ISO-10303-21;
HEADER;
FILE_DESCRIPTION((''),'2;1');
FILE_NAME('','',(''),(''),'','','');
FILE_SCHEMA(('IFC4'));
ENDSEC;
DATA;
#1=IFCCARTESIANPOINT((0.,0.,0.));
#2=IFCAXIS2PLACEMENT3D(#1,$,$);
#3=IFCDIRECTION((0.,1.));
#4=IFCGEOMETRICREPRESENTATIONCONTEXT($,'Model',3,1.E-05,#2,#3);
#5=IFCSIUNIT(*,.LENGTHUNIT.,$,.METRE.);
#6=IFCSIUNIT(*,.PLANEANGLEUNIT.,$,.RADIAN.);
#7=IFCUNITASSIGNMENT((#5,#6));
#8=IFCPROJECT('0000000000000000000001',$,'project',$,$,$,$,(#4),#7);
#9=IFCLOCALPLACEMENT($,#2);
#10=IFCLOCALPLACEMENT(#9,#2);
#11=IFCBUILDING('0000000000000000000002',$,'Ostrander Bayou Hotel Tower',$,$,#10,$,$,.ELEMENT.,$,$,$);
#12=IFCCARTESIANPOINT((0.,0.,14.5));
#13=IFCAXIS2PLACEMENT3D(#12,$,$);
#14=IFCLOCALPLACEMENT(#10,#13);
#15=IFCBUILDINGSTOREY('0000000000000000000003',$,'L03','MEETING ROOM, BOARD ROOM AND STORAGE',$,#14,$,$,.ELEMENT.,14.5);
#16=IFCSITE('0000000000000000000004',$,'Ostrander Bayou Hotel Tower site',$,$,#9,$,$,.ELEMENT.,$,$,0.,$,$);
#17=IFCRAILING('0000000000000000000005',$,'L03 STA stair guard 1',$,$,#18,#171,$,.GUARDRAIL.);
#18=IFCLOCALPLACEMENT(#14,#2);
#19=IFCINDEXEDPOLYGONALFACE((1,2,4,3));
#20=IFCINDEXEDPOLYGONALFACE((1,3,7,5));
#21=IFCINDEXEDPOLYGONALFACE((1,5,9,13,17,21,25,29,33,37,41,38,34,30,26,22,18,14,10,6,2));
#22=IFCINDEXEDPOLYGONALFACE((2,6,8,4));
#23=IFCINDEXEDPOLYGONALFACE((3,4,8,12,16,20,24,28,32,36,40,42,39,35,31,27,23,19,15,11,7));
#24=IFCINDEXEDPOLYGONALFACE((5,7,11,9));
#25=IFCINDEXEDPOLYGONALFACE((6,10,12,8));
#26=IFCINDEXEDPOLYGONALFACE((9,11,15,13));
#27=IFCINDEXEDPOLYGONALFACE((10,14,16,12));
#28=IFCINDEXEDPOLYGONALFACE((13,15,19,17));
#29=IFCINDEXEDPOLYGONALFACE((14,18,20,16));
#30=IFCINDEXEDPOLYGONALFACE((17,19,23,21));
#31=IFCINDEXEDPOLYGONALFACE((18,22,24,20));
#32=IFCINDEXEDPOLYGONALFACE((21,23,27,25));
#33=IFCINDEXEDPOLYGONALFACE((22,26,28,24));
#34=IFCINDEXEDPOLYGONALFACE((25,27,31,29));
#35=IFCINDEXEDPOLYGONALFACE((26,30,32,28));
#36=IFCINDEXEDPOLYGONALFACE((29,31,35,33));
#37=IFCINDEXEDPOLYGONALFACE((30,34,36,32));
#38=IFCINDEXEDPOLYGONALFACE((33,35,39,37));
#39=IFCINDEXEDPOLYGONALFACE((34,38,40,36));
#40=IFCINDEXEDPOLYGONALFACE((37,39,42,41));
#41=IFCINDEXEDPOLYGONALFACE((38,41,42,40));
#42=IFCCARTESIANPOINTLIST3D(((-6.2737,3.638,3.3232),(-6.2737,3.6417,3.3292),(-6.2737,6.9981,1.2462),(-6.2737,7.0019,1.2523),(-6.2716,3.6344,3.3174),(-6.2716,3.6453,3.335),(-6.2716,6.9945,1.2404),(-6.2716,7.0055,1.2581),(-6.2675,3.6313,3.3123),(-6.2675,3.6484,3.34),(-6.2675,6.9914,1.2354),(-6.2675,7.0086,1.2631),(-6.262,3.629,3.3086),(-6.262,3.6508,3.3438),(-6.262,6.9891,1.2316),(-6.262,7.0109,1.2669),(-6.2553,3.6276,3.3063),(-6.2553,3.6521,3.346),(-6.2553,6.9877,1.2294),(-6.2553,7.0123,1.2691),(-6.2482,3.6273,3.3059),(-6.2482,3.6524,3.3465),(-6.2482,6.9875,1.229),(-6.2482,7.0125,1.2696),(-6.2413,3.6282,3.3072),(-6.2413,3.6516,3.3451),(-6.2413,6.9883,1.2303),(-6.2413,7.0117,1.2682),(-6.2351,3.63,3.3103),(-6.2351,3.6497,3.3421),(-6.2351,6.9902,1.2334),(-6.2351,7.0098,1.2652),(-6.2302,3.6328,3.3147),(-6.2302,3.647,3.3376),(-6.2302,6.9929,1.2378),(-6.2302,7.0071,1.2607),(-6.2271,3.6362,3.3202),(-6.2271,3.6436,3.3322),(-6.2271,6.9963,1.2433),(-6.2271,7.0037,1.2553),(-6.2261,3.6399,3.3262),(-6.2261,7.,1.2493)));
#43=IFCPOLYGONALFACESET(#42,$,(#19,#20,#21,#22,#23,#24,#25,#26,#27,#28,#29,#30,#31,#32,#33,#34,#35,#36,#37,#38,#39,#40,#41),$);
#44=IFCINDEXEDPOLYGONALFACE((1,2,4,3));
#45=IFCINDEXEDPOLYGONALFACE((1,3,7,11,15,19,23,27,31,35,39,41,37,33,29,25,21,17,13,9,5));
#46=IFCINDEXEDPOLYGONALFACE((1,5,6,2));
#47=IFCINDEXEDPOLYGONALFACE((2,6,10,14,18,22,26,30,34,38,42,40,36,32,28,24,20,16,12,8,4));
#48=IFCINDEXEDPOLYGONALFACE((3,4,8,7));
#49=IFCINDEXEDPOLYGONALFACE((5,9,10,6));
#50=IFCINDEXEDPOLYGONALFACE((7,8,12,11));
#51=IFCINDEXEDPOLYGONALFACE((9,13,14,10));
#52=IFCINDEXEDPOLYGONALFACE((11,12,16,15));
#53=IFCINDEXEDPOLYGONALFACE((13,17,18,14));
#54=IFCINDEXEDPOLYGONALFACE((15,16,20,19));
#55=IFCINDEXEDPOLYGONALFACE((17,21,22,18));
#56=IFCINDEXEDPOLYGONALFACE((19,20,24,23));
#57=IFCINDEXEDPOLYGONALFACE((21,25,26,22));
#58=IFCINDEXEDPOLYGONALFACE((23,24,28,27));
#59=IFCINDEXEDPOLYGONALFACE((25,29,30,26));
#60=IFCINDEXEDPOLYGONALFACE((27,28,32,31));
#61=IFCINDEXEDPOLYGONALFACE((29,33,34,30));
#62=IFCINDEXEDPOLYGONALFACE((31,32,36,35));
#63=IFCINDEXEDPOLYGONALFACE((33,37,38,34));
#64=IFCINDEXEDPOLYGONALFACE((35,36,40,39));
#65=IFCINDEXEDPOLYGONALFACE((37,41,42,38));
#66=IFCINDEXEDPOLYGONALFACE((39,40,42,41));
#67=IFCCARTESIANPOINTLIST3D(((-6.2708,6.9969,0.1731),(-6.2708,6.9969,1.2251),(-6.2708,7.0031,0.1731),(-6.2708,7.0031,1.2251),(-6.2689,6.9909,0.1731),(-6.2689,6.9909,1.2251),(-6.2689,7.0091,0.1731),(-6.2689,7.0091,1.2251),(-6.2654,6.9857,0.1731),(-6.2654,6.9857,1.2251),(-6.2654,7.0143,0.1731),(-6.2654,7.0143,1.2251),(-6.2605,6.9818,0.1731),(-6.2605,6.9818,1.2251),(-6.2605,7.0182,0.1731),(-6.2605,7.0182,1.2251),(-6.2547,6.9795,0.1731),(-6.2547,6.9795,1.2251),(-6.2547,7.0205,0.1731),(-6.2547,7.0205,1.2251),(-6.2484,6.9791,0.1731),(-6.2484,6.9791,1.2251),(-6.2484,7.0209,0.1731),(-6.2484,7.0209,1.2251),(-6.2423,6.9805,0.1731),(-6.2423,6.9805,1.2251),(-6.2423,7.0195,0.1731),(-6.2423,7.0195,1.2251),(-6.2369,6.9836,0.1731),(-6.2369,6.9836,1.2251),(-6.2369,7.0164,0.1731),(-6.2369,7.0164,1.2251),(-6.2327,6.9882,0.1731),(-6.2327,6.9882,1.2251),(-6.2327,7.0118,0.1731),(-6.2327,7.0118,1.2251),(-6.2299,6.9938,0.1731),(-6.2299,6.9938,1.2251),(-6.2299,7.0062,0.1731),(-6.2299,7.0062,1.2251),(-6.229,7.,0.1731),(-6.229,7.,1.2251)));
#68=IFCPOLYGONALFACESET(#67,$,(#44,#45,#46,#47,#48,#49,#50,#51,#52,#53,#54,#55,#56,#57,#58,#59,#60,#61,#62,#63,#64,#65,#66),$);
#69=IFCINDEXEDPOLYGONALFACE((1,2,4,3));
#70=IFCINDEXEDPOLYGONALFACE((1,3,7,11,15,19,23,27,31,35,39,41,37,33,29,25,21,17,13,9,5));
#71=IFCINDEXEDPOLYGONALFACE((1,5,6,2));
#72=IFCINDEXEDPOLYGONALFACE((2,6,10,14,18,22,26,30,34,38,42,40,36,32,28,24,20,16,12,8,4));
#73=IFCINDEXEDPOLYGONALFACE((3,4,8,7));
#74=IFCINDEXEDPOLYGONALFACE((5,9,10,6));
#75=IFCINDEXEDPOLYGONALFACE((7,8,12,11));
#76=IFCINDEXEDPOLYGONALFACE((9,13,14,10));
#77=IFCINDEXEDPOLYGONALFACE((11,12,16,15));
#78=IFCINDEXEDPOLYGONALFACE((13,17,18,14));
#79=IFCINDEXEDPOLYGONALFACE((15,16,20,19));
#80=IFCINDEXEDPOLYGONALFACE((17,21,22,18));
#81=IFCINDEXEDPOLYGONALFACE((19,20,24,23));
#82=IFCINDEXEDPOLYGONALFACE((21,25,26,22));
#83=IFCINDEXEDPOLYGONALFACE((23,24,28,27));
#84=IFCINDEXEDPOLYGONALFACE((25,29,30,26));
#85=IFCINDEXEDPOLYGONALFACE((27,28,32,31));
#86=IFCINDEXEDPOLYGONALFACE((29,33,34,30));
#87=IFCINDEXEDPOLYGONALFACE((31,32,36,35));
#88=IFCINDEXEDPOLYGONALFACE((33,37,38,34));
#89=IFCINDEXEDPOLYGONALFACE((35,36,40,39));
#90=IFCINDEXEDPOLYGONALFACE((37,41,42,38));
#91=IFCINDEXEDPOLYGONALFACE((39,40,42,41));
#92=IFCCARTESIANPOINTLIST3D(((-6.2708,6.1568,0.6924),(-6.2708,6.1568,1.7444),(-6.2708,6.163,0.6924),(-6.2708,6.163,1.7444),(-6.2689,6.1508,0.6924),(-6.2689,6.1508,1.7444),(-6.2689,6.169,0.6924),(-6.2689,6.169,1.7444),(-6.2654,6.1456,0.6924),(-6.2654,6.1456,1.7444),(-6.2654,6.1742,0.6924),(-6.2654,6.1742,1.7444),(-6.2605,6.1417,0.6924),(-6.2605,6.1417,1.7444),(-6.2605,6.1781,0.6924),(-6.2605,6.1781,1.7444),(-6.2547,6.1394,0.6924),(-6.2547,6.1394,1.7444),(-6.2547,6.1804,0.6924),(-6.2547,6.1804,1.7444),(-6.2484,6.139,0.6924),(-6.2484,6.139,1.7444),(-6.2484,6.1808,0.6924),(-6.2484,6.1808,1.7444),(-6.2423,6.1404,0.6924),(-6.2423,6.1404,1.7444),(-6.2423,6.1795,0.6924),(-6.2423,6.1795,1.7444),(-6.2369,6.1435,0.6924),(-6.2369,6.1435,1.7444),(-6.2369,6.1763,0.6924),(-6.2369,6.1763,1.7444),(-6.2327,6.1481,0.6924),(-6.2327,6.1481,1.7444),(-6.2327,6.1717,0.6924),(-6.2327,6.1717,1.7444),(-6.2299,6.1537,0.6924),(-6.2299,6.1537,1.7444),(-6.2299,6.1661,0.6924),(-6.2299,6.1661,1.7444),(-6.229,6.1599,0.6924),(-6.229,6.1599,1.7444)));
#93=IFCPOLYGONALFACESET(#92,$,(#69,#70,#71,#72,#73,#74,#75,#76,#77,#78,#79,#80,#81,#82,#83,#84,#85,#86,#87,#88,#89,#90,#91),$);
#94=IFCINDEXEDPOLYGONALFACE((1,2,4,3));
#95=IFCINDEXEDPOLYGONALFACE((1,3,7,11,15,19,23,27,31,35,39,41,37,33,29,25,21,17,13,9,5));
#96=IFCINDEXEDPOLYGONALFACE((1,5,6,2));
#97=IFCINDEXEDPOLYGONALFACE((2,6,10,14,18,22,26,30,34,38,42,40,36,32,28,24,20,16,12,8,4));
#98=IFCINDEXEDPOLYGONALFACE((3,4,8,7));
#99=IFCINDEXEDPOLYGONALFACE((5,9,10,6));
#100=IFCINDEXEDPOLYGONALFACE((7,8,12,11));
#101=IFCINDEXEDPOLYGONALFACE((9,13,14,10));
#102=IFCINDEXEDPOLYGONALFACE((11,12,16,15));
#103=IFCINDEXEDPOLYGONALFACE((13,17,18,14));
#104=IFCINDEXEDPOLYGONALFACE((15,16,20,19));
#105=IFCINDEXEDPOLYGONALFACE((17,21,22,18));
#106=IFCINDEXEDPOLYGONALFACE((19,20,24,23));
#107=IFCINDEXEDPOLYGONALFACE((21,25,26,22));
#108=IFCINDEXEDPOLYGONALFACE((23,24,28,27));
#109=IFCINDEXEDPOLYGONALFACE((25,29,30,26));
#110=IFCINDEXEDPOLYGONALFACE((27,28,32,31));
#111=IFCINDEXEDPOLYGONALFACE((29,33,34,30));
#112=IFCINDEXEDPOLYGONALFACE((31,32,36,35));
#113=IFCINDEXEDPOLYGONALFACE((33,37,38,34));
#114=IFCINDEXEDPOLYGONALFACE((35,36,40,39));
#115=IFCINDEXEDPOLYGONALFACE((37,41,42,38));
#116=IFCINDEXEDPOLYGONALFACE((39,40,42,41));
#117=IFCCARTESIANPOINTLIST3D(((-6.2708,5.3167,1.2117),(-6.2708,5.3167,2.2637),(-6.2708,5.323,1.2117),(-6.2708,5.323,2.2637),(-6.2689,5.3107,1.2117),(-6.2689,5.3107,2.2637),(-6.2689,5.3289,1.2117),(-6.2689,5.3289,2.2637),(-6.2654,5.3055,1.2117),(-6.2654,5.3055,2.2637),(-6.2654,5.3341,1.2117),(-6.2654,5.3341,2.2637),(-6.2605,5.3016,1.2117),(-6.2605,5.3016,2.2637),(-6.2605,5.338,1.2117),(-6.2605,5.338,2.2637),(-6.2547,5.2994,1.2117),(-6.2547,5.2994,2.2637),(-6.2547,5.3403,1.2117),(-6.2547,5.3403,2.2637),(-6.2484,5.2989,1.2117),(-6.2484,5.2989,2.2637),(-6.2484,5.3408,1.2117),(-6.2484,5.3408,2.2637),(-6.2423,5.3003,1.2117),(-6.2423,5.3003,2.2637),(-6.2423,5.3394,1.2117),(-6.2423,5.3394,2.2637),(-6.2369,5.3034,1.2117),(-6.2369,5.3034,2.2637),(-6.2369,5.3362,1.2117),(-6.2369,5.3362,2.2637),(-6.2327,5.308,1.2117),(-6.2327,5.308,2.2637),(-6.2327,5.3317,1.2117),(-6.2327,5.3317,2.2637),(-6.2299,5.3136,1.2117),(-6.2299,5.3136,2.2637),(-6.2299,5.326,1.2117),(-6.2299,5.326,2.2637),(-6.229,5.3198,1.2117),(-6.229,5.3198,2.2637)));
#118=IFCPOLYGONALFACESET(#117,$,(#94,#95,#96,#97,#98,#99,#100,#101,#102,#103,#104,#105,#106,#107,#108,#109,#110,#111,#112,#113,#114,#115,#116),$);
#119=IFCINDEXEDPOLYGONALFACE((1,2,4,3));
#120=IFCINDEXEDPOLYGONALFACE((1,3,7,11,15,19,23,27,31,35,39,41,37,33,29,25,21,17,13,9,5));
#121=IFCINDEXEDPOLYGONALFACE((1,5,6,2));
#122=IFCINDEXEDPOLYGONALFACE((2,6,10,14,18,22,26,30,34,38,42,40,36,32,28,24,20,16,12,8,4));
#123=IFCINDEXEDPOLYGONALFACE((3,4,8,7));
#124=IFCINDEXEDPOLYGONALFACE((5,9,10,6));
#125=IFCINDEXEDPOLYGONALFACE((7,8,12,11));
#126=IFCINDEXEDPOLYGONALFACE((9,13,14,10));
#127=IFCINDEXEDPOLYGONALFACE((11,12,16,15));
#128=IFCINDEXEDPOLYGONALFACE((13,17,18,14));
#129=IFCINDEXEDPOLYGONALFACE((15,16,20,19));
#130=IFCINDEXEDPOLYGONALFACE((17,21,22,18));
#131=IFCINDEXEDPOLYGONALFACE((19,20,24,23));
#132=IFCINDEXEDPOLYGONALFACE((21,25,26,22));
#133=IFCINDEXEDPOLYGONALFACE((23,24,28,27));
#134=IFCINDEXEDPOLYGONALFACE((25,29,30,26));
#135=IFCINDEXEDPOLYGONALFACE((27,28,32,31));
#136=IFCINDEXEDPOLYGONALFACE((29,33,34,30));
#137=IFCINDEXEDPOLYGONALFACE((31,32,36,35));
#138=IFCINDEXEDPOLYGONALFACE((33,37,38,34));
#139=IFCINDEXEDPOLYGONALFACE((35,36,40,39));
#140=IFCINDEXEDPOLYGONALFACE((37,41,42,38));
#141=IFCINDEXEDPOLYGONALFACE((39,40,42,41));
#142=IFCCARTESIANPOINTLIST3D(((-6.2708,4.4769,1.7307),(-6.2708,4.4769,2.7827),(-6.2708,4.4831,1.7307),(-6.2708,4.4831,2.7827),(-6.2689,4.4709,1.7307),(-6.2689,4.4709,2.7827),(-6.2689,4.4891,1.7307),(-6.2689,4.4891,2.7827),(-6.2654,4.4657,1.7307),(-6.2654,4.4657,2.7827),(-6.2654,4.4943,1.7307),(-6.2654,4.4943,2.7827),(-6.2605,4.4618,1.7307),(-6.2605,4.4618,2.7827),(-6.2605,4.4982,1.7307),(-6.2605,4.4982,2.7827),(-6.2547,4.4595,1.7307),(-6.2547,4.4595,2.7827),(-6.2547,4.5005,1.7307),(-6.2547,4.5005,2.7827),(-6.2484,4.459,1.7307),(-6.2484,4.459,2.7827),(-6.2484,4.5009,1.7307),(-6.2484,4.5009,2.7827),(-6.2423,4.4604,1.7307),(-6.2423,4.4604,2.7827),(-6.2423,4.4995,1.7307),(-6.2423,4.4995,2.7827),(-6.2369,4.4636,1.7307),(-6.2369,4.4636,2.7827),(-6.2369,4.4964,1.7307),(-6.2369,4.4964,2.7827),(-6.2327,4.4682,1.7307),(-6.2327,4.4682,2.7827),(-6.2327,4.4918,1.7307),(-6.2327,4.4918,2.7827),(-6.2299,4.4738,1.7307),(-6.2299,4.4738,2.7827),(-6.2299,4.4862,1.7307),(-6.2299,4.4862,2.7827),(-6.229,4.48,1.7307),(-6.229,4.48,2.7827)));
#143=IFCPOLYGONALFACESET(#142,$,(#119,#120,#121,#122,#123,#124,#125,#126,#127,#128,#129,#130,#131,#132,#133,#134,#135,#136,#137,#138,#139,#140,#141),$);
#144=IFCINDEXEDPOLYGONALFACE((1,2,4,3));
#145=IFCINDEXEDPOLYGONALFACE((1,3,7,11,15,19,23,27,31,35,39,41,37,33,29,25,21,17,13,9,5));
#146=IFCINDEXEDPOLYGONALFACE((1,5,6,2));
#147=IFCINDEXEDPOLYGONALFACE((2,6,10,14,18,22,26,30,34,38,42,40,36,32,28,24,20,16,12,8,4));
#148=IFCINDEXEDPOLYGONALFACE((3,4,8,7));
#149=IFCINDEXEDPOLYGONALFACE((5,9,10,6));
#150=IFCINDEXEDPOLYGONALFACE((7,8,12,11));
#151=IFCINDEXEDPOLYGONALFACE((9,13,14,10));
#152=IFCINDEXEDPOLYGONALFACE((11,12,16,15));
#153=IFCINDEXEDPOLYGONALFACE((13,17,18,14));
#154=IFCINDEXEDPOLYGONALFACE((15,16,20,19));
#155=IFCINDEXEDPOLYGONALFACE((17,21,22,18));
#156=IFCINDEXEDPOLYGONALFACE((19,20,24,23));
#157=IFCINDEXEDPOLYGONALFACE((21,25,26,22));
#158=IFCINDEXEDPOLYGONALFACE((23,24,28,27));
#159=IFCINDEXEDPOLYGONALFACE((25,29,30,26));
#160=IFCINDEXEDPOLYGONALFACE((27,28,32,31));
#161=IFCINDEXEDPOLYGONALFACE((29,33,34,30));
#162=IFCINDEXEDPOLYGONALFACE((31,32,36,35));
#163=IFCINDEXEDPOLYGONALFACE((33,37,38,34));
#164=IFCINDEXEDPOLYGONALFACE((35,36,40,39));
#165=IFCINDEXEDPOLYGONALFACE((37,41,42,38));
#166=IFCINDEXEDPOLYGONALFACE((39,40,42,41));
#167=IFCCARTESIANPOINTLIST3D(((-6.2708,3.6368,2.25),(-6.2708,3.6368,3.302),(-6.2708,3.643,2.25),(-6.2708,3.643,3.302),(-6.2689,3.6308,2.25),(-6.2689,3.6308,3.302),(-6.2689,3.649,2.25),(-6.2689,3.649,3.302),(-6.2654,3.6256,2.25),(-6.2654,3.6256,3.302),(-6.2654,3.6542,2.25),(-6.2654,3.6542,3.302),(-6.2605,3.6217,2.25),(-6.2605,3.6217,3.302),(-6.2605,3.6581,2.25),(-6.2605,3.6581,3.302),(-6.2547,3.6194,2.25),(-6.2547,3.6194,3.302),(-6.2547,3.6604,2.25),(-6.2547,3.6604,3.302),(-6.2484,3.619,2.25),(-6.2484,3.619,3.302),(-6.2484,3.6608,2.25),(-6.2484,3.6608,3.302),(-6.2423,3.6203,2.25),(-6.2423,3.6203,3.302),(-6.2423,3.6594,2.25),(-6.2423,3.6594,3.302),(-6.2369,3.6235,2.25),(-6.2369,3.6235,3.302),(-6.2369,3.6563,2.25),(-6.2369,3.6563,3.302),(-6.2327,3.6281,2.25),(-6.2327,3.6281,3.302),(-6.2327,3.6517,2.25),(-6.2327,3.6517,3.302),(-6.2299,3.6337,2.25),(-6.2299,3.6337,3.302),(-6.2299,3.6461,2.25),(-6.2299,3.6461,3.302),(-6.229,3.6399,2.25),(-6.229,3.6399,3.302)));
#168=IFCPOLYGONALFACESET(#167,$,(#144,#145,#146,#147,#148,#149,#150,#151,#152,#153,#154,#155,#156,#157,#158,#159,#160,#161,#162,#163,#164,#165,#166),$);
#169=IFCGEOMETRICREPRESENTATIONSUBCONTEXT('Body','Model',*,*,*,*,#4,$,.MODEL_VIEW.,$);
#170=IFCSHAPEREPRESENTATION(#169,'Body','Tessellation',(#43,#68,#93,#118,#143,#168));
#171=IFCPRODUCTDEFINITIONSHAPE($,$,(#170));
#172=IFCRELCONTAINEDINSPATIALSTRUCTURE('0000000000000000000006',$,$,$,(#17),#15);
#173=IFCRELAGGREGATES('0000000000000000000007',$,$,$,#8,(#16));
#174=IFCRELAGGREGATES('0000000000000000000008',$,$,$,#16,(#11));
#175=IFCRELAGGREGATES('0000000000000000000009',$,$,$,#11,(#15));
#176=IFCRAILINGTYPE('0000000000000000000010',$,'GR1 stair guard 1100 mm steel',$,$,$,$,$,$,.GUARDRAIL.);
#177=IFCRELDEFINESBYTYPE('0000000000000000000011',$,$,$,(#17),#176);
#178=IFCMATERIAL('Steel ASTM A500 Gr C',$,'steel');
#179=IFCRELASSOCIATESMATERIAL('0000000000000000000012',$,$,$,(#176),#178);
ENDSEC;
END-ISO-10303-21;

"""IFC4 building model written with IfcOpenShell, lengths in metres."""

from ifc_helpers import new_model, si_unit, direction, frame, origin, origin_2d, place, context, subcontext, project, spatial, circle, extrude, material, type_object, element, save


model = new_model("IFC4")

# Units and contexts
model_context = context("Model", 3, precision=1e-05, world=origin(), true_north=direction((0.0, 1.0)))
body_context = subcontext(model_context, "Body", "Model", "MODEL_VIEW")
ifc_project = project(units=[si_unit("LENGTHUNIT", "METRE"), si_unit("PLANEANGLEUNIT", "RADIAN")], contexts=[model_context])

# Site, building, storey
site_placement = place(None, origin())
site = spatial("IfcSite", under=ifc_project, at=site_placement, Name="Ostrander Bayou Hotel Tower site", CompositionType="ELEMENT", RefElevation=0.0)
building_placement = place(site_placement, origin())
building = spatial("IfcBuilding", under=site, at=building_placement, Name="Ostrander Bayou Hotel Tower", CompositionType="ELEMENT")
storey_placement = place(building_placement, frame((0.0, 0.0, 14.5)))
storey = spatial("IfcBuildingStorey", under=building, at=storey_placement, Name="L03", Description="MEETING ROOM, BOARD ROOM AND STORAGE", CompositionType="ELEMENT", Elevation=14.5)

# Railing
ifc_material_1 = material(Name="Steel ASTM A500 Gr C", Category="steel")
railing_type_1 = type_object("IfcRailingType", Name="GR1 stair guard 1100 mm steel", PredefinedType="GUARDRAIL", material=ifc_material_1)
railing_1_placement = place(storey_placement, frame((-6.25, 7.0, 0.1731)))
element("IfcRailing", 1, at=railing_1_placement, inside=storey, type_object=railing_type_1, Name="L03 STA stair guard 1", PredefinedType="GUARDRAIL", context=body_context, shape_type="SweptSolid", body=[
    extrude(circle(Radius=0.0239, at=origin_2d()), frame((0.0, 0.0, 1.0762), z_axis=(0.0, -0.850623, 0.525776), x_axis=(1.0, 0.0, 0.0)), (0.0, 0.0, 1.0), 3.9502),
    extrude(circle(Radius=0.021, at=origin_2d()), origin(), (0.0, 0.0, 1.0), 1.052),
    extrude(circle(Radius=0.021, at=origin_2d()), frame((0.0, -0.8401, 0.5193)), (0.0, 0.0, 1.0), 1.052),
    extrude(circle(Radius=0.021, at=origin_2d()), frame((0.0, -1.6802, 1.0386)), (0.0, 0.0, 1.0), 1.052),
    extrude(circle(Radius=0.021, at=origin_2d()), frame((0.0, -2.52, 1.5576)), (0.0, 0.0, 1.0), 1.052),
    extrude(circle(Radius=0.021, at=origin_2d()), frame((0.0, -3.3601, 2.0769)), (0.0, 0.0, 1.0), 1.052),
])

save(model, "model.ifc")
